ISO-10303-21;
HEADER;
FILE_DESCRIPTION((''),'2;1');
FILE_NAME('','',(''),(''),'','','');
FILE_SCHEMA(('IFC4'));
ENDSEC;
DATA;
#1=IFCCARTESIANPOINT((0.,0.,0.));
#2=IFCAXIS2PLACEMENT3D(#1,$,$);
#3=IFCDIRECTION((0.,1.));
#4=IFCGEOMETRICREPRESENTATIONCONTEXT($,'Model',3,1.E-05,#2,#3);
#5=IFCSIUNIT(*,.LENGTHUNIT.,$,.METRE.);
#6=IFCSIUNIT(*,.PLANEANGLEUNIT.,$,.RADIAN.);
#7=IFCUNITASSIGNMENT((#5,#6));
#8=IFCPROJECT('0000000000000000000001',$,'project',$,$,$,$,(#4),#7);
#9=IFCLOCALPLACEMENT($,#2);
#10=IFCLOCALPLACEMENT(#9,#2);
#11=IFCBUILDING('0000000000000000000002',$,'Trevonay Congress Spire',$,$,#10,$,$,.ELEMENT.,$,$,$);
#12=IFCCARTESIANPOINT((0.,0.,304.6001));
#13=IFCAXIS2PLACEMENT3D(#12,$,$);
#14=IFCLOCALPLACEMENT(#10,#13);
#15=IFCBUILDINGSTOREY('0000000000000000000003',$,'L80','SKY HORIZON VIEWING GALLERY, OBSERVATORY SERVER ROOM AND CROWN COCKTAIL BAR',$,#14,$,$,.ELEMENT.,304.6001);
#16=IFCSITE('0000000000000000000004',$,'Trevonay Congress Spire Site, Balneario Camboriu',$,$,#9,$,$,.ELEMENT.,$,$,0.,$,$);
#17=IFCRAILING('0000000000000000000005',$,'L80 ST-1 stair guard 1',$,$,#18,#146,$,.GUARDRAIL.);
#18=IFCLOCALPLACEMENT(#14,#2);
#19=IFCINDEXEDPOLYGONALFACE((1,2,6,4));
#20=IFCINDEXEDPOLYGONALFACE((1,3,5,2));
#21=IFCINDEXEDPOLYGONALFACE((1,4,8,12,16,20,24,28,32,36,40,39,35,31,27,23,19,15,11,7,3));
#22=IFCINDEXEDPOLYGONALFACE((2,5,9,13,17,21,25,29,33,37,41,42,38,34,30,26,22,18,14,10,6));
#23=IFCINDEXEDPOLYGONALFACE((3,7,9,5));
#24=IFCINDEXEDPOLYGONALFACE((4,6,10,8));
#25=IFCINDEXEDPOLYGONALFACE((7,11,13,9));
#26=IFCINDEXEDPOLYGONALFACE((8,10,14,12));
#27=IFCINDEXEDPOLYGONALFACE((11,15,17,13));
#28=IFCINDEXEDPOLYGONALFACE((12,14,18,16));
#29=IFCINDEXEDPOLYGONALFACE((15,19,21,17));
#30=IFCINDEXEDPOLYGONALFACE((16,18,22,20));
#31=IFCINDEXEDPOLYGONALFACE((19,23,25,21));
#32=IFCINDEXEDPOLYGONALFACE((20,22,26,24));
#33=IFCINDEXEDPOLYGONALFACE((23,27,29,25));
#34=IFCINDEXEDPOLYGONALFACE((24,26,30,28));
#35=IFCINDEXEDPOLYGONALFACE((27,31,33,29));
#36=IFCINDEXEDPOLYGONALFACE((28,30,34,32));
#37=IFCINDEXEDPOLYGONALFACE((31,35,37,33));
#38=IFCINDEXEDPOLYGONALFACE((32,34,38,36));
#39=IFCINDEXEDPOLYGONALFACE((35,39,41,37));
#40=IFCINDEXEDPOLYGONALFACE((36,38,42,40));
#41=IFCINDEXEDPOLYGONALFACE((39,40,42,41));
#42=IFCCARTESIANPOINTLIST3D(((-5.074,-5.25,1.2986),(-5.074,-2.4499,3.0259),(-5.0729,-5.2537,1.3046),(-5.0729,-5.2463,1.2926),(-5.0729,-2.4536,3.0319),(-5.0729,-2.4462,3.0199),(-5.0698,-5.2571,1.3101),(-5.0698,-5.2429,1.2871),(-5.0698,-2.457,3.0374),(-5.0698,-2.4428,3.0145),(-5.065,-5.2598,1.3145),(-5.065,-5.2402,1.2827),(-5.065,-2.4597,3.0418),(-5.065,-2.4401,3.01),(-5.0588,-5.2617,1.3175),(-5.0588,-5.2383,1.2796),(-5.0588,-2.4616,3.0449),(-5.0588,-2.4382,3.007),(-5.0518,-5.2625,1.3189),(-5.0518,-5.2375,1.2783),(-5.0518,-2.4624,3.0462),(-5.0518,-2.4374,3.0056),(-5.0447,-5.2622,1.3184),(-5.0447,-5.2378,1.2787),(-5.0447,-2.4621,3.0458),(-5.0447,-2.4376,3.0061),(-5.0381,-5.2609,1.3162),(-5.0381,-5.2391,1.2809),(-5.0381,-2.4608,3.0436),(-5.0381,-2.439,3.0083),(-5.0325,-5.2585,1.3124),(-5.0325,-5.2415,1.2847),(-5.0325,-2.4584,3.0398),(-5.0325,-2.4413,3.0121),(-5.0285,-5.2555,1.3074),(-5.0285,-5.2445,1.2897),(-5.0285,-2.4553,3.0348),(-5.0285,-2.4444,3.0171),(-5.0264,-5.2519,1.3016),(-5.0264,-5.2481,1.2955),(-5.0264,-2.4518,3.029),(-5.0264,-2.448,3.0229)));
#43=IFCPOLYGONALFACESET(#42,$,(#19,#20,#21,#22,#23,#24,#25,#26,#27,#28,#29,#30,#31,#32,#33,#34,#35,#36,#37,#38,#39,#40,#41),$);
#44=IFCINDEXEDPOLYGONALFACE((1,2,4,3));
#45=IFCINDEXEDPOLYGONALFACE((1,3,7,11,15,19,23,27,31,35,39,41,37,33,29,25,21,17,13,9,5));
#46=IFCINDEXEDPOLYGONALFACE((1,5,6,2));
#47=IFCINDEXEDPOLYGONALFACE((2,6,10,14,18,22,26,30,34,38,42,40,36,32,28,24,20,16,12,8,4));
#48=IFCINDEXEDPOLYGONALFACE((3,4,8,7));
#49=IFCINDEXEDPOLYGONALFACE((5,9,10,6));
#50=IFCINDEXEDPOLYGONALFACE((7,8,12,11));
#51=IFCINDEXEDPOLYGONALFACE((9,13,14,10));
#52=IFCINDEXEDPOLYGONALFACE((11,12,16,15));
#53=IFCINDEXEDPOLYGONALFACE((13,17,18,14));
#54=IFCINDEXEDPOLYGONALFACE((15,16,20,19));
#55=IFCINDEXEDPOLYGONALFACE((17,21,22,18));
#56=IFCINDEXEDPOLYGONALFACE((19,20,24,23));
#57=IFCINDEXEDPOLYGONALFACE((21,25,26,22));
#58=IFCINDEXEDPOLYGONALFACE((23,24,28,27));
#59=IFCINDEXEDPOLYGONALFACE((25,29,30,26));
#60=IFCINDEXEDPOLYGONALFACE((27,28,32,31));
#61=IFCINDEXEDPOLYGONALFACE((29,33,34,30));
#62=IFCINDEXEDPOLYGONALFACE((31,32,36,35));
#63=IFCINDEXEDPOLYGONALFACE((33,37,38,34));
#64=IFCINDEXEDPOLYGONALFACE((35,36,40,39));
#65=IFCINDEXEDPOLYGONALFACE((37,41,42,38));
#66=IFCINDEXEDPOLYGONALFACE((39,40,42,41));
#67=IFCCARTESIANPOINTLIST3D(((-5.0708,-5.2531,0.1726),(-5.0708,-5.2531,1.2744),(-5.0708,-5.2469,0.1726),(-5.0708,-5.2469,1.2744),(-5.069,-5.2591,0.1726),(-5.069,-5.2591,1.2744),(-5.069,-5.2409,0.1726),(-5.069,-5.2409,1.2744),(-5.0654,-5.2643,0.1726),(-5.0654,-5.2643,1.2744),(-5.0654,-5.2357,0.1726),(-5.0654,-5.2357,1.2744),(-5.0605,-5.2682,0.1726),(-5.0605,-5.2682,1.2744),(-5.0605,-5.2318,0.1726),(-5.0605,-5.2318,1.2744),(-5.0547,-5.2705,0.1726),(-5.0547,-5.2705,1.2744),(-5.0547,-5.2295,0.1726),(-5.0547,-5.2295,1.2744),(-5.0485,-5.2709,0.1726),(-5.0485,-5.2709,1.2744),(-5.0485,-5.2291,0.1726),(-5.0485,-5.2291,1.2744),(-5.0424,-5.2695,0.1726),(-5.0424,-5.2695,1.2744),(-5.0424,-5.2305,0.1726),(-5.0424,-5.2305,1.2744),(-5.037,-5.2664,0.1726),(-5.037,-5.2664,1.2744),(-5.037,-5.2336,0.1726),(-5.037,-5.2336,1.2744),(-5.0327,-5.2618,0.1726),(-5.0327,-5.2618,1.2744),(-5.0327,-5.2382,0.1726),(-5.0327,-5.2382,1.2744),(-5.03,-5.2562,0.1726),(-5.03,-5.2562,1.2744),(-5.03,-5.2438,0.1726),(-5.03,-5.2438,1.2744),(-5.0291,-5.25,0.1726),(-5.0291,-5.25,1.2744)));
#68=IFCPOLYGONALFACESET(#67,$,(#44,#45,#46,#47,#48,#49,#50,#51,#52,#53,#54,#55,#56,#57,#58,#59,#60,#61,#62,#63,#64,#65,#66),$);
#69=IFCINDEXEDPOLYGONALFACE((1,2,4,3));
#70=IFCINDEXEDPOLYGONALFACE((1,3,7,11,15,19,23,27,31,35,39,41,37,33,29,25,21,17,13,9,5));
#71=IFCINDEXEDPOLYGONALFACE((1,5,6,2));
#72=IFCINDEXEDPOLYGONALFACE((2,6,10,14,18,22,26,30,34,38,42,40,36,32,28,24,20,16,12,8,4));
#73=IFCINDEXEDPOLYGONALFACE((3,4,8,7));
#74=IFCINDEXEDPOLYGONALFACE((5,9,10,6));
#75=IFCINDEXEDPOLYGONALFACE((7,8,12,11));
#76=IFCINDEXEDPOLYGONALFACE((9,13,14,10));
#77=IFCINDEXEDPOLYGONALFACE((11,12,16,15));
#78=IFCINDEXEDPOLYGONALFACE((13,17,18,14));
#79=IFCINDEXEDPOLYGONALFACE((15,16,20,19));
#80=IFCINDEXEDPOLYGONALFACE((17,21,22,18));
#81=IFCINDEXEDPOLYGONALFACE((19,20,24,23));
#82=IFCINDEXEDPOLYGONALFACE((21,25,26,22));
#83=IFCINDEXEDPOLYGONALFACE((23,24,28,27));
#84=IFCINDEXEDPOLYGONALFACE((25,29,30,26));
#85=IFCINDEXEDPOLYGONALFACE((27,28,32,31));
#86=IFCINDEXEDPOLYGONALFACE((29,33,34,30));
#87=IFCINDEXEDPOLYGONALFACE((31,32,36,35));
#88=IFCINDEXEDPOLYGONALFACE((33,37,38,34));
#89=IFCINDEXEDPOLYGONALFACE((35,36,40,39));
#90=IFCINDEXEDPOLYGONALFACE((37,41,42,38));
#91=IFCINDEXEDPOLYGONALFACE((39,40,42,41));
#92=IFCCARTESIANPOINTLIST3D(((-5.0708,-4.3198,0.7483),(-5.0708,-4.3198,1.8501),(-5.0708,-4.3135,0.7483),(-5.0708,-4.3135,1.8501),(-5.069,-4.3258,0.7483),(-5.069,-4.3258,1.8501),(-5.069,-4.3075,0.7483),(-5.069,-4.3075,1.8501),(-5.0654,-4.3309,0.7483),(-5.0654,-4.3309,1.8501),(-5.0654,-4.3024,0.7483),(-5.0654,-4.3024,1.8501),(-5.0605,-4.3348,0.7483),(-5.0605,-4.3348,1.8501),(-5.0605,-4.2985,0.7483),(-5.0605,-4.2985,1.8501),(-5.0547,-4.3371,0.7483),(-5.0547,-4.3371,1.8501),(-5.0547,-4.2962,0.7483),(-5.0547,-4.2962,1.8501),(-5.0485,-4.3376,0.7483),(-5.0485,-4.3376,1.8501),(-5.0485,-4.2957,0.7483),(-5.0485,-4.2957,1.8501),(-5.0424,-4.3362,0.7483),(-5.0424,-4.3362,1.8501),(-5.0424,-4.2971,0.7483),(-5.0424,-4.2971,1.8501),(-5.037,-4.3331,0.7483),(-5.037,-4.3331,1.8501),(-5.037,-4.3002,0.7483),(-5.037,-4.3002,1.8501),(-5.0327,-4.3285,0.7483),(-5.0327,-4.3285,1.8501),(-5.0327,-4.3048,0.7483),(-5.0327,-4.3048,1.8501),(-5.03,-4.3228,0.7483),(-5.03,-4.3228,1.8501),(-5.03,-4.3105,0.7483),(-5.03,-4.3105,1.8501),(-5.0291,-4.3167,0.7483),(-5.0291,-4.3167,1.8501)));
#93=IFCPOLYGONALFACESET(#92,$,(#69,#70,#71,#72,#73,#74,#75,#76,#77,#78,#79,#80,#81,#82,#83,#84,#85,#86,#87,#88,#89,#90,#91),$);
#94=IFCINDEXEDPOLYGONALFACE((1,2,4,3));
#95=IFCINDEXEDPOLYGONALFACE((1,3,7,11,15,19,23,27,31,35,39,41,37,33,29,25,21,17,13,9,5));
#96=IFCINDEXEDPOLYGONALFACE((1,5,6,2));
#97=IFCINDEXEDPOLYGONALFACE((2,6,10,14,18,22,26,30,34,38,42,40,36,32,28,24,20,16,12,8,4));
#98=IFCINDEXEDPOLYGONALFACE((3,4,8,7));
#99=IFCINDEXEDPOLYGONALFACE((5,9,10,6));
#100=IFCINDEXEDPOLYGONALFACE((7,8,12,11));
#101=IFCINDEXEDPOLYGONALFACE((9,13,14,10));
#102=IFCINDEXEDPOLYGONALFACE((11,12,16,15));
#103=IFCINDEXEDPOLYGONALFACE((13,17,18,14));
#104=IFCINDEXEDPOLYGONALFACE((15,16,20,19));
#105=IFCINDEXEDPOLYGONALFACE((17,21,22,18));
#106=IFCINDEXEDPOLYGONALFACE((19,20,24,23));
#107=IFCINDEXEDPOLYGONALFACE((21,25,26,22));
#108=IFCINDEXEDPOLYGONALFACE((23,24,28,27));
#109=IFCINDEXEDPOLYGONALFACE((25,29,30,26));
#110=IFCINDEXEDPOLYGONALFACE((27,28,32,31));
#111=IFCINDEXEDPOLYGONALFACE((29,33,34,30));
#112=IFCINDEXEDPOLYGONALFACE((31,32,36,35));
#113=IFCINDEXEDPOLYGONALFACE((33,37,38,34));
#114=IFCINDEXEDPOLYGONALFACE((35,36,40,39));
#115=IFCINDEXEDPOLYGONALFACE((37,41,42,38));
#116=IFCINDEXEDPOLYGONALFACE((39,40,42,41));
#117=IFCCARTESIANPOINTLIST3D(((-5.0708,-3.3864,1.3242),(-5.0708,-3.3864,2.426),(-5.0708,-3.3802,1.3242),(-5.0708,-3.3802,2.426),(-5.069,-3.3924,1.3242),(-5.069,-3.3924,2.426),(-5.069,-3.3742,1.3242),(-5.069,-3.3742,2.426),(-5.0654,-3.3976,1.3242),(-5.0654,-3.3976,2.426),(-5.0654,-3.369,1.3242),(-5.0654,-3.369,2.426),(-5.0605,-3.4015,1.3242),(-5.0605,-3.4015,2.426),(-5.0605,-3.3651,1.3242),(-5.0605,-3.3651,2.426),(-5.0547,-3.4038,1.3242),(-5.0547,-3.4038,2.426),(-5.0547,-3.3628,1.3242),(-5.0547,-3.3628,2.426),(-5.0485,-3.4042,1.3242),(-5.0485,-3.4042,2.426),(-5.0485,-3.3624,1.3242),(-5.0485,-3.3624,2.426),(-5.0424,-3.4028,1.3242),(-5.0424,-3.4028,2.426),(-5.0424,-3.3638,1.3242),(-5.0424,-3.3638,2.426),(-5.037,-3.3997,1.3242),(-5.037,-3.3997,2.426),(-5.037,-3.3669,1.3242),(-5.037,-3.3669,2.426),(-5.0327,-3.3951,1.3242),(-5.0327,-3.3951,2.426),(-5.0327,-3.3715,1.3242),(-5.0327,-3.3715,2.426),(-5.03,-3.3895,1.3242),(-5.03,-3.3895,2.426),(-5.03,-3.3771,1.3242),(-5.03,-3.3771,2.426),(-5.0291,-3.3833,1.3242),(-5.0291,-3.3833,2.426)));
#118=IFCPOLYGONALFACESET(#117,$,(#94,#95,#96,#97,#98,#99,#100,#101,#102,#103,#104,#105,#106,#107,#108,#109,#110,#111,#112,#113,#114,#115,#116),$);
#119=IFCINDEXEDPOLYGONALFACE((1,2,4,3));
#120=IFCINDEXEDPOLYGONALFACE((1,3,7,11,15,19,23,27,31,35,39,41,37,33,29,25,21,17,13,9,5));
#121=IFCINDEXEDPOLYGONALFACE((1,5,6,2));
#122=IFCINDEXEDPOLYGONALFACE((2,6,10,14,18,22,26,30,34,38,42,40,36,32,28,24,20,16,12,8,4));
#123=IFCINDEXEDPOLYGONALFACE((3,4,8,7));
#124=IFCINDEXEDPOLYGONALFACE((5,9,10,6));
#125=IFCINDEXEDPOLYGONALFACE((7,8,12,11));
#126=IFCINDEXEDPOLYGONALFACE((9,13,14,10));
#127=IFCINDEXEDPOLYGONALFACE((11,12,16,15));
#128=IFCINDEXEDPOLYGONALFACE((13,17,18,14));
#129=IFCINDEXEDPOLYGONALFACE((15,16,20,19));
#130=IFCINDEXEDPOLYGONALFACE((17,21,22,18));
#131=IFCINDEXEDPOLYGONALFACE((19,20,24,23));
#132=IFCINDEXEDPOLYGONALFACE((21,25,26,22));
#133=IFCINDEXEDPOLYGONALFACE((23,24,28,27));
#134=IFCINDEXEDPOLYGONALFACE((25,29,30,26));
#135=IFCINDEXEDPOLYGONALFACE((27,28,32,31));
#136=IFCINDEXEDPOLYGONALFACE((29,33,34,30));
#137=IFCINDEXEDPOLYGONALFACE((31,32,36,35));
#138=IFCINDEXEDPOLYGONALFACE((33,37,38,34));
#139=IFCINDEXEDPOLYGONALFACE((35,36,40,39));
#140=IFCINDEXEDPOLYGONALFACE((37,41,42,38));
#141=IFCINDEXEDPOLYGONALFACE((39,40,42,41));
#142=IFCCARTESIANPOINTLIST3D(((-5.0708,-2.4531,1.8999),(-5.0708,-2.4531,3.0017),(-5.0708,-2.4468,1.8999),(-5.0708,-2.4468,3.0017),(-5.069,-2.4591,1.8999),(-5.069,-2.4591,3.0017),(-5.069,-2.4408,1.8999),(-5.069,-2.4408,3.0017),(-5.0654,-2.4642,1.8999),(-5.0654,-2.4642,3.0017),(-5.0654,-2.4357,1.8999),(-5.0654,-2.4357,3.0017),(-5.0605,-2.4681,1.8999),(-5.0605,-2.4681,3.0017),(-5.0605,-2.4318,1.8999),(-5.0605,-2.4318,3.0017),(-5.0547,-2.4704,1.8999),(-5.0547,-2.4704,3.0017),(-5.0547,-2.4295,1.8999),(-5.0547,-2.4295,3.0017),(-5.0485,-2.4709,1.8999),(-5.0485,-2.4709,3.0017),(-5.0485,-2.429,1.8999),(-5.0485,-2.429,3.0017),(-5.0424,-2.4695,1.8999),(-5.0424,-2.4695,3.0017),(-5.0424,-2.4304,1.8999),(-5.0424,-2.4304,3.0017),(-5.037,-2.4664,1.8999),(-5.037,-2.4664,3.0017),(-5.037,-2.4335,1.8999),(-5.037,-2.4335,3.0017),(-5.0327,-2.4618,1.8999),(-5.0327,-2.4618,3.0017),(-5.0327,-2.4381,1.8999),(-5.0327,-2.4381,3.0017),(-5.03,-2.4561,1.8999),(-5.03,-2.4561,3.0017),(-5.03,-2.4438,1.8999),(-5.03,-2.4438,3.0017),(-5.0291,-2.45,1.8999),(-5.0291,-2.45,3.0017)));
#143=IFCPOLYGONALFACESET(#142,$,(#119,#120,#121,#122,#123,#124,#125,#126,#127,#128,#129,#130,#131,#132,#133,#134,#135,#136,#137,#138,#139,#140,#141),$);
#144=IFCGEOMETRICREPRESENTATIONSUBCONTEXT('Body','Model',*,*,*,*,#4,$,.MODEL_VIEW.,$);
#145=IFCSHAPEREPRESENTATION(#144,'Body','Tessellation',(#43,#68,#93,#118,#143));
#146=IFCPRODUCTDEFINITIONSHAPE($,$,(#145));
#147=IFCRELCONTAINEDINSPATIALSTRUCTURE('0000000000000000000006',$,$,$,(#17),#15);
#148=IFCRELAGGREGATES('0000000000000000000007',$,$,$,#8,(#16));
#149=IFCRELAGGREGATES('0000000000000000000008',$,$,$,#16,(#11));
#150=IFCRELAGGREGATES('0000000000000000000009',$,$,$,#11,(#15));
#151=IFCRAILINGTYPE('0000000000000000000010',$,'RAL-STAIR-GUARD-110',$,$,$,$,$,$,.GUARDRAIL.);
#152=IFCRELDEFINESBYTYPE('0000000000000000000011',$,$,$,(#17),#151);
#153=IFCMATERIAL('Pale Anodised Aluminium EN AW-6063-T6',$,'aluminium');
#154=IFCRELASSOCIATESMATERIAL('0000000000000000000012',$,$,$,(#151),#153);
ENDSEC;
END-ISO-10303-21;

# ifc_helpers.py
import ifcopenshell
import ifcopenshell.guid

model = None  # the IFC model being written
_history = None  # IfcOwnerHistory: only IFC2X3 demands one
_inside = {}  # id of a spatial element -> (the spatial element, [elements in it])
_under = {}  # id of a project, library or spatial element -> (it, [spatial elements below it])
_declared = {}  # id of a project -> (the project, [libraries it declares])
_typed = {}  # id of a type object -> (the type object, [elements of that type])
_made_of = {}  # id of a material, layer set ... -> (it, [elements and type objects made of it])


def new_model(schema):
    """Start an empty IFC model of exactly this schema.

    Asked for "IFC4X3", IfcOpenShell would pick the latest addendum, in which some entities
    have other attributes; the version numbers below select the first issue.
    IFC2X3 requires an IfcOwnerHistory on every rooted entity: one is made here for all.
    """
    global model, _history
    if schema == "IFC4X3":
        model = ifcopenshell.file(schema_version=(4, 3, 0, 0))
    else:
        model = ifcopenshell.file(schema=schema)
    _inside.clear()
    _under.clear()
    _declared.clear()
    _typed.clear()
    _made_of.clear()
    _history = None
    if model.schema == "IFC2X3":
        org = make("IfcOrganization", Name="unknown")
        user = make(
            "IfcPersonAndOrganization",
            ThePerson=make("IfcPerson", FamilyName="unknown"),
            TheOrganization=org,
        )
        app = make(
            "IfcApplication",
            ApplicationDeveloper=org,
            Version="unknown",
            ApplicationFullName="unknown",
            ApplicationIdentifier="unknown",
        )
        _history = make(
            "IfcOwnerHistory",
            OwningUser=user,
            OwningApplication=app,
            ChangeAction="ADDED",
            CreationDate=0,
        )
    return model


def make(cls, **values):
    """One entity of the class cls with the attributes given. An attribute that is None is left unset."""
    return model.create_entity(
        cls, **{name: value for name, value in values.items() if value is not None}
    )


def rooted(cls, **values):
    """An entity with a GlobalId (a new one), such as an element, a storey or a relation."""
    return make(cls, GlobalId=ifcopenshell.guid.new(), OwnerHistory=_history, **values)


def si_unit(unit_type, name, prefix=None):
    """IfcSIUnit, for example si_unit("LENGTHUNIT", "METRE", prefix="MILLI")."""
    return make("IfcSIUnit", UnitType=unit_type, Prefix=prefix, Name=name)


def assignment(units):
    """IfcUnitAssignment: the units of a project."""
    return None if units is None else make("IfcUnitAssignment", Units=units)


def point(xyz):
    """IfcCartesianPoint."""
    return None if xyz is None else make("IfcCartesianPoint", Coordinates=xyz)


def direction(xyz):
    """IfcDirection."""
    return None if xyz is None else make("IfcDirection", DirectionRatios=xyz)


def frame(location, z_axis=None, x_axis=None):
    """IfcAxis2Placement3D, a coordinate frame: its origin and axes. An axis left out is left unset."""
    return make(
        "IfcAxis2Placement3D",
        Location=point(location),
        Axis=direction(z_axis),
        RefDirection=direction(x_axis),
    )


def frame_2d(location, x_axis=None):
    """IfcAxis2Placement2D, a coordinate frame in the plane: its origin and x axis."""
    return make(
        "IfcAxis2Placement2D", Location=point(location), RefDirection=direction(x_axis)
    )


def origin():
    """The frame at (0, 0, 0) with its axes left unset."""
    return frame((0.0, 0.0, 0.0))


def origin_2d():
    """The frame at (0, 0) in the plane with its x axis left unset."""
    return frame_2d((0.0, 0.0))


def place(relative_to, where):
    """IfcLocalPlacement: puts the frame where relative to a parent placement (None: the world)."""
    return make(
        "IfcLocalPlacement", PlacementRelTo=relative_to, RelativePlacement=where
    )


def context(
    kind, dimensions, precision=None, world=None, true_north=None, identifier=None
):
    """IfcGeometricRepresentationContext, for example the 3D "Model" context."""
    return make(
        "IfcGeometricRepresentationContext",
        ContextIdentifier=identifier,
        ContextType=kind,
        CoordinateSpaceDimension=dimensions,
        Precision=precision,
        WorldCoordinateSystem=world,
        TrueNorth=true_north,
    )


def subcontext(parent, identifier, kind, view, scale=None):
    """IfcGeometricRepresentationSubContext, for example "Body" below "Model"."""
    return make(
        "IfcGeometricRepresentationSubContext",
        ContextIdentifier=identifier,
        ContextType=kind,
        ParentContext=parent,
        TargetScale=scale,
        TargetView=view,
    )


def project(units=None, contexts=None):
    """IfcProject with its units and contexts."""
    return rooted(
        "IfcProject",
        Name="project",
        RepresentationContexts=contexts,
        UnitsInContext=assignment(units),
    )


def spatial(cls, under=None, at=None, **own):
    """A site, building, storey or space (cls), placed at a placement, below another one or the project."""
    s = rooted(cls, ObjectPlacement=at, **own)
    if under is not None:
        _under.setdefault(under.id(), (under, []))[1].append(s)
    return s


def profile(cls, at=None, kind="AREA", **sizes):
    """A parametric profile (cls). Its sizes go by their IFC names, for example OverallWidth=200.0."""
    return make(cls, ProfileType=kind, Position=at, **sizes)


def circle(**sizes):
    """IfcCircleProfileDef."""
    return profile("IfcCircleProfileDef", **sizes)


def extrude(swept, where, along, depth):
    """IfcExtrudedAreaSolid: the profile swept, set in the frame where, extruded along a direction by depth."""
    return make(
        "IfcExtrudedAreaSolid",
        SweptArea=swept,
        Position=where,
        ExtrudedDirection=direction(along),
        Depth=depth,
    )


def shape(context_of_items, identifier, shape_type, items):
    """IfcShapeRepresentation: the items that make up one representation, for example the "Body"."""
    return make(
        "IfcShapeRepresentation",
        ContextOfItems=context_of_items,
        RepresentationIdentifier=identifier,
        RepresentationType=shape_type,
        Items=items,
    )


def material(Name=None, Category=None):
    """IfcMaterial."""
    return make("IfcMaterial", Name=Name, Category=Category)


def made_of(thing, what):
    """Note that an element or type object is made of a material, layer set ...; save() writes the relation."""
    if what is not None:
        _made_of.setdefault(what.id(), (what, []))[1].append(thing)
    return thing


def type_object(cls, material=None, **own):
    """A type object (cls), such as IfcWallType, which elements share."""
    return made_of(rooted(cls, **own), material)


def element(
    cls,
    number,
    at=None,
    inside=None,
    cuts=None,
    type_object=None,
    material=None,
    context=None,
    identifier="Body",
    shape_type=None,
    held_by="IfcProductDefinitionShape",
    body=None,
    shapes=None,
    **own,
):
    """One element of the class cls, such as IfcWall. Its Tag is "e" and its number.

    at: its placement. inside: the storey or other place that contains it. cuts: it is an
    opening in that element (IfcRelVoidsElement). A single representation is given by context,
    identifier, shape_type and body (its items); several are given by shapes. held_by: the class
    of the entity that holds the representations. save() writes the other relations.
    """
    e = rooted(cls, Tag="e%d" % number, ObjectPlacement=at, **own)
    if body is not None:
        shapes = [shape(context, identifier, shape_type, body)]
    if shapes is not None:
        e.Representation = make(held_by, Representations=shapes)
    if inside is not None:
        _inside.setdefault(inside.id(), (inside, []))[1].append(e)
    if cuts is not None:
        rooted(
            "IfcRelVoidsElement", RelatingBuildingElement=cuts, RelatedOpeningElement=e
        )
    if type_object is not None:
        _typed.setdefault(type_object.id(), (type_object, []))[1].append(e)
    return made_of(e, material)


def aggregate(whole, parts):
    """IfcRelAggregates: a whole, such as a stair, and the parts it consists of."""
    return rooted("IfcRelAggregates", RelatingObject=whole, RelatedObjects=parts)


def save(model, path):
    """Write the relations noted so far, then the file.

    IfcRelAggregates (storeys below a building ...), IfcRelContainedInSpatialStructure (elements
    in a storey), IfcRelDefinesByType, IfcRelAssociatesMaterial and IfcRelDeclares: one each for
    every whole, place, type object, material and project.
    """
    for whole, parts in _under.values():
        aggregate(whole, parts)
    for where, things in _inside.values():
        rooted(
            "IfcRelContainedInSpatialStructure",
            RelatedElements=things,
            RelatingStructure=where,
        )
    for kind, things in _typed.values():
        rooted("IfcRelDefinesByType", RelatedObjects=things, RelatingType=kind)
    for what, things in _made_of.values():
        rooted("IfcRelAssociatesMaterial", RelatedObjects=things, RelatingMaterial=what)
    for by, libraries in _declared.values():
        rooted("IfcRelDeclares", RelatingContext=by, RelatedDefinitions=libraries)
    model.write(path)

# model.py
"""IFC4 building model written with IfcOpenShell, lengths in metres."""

from ifc_helpers import new_model, si_unit, direction, frame, origin, origin_2d, place, context, subcontext, project, spatial, circle, extrude, material, type_object, element, save


model = new_model("IFC4")

# Units and contexts
model_context = context("Model", 3, precision=1e-05, world=origin(), true_north=direction((0.0, 1.0)))
body_context = subcontext(model_context, "Body", "Model", "MODEL_VIEW")
ifc_project = project(units=[si_unit("LENGTHUNIT", "METRE"), si_unit("PLANEANGLEUNIT", "RADIAN")], contexts=[model_context])

# Site, building, storey
site_placement = place(None, origin())
site = spatial("IfcSite", under=ifc_project, at=site_placement, Name="Trevonay Congress Spire Site, Balneario Camboriu", CompositionType="ELEMENT", RefElevation=0.0)
building_placement = place(site_placement, origin())
building = spatial("IfcBuilding", under=site, at=building_placement, Name="Trevonay Congress Spire", CompositionType="ELEMENT")
storey_placement = place(building_placement, frame((0.0, 0.0, 304.6001)))
storey = spatial("IfcBuildingStorey", under=building, at=storey_placement, Name="L80", Description="SKY HORIZON VIEWING GALLERY, OBSERVATORY SERVER ROOM AND CROWN COCKTAIL BAR", CompositionType="ELEMENT", Elevation=304.6001)

# Shared definitions
ifc_material_1 = material(Name="Pale Anodised Aluminium EN AW-6063-T6", Category="aluminium")

# Railing
railing_type_1 = type_object("IfcRailingType", Name="RAL-STAIR-GUARD-110", PredefinedType="GUARDRAIL", material=ifc_material_1)
railing_1_placement = place(storey_placement, frame((-5.05, -5.25, 0.1726)))
element("IfcRailing", 1, at=railing_1_placement, inside=storey, type_object=railing_type_1, Name="L80 ST-1 stair guard 1", PredefinedType="GUARDRAIL", context=body_context, shape_type="SweptSolid", body=[
    extrude(circle(Radius=0.0239, at=origin_2d()), frame((0.0, 0.0, 1.126), z_axis=(0.0, 0.85109, 0.52502), x_axis=(-1.0, 0.0, 0.0)), (0.0, 0.0, 1.0), 3.29),
    extrude(circle(Radius=0.021, at=origin_2d()), origin(), (0.0, 0.0, 1.0), 1.1018),
    extrude(circle(Radius=0.021, at=origin_2d()), frame((0.0, 0.9333, 0.5757)), (0.0, 0.0, 1.0), 1.1018),
    extrude(circle(Radius=0.021, at=origin_2d()), frame((0.0, 1.8667, 1.1516)), (0.0, 0.0, 1.0), 1.1018),
    extrude(circle(Radius=0.021, at=origin_2d()), frame((0.0, 2.8, 1.7273)), (0.0, 0.0, 1.0), 1.1018),
])

save(model, "model.ifc")
